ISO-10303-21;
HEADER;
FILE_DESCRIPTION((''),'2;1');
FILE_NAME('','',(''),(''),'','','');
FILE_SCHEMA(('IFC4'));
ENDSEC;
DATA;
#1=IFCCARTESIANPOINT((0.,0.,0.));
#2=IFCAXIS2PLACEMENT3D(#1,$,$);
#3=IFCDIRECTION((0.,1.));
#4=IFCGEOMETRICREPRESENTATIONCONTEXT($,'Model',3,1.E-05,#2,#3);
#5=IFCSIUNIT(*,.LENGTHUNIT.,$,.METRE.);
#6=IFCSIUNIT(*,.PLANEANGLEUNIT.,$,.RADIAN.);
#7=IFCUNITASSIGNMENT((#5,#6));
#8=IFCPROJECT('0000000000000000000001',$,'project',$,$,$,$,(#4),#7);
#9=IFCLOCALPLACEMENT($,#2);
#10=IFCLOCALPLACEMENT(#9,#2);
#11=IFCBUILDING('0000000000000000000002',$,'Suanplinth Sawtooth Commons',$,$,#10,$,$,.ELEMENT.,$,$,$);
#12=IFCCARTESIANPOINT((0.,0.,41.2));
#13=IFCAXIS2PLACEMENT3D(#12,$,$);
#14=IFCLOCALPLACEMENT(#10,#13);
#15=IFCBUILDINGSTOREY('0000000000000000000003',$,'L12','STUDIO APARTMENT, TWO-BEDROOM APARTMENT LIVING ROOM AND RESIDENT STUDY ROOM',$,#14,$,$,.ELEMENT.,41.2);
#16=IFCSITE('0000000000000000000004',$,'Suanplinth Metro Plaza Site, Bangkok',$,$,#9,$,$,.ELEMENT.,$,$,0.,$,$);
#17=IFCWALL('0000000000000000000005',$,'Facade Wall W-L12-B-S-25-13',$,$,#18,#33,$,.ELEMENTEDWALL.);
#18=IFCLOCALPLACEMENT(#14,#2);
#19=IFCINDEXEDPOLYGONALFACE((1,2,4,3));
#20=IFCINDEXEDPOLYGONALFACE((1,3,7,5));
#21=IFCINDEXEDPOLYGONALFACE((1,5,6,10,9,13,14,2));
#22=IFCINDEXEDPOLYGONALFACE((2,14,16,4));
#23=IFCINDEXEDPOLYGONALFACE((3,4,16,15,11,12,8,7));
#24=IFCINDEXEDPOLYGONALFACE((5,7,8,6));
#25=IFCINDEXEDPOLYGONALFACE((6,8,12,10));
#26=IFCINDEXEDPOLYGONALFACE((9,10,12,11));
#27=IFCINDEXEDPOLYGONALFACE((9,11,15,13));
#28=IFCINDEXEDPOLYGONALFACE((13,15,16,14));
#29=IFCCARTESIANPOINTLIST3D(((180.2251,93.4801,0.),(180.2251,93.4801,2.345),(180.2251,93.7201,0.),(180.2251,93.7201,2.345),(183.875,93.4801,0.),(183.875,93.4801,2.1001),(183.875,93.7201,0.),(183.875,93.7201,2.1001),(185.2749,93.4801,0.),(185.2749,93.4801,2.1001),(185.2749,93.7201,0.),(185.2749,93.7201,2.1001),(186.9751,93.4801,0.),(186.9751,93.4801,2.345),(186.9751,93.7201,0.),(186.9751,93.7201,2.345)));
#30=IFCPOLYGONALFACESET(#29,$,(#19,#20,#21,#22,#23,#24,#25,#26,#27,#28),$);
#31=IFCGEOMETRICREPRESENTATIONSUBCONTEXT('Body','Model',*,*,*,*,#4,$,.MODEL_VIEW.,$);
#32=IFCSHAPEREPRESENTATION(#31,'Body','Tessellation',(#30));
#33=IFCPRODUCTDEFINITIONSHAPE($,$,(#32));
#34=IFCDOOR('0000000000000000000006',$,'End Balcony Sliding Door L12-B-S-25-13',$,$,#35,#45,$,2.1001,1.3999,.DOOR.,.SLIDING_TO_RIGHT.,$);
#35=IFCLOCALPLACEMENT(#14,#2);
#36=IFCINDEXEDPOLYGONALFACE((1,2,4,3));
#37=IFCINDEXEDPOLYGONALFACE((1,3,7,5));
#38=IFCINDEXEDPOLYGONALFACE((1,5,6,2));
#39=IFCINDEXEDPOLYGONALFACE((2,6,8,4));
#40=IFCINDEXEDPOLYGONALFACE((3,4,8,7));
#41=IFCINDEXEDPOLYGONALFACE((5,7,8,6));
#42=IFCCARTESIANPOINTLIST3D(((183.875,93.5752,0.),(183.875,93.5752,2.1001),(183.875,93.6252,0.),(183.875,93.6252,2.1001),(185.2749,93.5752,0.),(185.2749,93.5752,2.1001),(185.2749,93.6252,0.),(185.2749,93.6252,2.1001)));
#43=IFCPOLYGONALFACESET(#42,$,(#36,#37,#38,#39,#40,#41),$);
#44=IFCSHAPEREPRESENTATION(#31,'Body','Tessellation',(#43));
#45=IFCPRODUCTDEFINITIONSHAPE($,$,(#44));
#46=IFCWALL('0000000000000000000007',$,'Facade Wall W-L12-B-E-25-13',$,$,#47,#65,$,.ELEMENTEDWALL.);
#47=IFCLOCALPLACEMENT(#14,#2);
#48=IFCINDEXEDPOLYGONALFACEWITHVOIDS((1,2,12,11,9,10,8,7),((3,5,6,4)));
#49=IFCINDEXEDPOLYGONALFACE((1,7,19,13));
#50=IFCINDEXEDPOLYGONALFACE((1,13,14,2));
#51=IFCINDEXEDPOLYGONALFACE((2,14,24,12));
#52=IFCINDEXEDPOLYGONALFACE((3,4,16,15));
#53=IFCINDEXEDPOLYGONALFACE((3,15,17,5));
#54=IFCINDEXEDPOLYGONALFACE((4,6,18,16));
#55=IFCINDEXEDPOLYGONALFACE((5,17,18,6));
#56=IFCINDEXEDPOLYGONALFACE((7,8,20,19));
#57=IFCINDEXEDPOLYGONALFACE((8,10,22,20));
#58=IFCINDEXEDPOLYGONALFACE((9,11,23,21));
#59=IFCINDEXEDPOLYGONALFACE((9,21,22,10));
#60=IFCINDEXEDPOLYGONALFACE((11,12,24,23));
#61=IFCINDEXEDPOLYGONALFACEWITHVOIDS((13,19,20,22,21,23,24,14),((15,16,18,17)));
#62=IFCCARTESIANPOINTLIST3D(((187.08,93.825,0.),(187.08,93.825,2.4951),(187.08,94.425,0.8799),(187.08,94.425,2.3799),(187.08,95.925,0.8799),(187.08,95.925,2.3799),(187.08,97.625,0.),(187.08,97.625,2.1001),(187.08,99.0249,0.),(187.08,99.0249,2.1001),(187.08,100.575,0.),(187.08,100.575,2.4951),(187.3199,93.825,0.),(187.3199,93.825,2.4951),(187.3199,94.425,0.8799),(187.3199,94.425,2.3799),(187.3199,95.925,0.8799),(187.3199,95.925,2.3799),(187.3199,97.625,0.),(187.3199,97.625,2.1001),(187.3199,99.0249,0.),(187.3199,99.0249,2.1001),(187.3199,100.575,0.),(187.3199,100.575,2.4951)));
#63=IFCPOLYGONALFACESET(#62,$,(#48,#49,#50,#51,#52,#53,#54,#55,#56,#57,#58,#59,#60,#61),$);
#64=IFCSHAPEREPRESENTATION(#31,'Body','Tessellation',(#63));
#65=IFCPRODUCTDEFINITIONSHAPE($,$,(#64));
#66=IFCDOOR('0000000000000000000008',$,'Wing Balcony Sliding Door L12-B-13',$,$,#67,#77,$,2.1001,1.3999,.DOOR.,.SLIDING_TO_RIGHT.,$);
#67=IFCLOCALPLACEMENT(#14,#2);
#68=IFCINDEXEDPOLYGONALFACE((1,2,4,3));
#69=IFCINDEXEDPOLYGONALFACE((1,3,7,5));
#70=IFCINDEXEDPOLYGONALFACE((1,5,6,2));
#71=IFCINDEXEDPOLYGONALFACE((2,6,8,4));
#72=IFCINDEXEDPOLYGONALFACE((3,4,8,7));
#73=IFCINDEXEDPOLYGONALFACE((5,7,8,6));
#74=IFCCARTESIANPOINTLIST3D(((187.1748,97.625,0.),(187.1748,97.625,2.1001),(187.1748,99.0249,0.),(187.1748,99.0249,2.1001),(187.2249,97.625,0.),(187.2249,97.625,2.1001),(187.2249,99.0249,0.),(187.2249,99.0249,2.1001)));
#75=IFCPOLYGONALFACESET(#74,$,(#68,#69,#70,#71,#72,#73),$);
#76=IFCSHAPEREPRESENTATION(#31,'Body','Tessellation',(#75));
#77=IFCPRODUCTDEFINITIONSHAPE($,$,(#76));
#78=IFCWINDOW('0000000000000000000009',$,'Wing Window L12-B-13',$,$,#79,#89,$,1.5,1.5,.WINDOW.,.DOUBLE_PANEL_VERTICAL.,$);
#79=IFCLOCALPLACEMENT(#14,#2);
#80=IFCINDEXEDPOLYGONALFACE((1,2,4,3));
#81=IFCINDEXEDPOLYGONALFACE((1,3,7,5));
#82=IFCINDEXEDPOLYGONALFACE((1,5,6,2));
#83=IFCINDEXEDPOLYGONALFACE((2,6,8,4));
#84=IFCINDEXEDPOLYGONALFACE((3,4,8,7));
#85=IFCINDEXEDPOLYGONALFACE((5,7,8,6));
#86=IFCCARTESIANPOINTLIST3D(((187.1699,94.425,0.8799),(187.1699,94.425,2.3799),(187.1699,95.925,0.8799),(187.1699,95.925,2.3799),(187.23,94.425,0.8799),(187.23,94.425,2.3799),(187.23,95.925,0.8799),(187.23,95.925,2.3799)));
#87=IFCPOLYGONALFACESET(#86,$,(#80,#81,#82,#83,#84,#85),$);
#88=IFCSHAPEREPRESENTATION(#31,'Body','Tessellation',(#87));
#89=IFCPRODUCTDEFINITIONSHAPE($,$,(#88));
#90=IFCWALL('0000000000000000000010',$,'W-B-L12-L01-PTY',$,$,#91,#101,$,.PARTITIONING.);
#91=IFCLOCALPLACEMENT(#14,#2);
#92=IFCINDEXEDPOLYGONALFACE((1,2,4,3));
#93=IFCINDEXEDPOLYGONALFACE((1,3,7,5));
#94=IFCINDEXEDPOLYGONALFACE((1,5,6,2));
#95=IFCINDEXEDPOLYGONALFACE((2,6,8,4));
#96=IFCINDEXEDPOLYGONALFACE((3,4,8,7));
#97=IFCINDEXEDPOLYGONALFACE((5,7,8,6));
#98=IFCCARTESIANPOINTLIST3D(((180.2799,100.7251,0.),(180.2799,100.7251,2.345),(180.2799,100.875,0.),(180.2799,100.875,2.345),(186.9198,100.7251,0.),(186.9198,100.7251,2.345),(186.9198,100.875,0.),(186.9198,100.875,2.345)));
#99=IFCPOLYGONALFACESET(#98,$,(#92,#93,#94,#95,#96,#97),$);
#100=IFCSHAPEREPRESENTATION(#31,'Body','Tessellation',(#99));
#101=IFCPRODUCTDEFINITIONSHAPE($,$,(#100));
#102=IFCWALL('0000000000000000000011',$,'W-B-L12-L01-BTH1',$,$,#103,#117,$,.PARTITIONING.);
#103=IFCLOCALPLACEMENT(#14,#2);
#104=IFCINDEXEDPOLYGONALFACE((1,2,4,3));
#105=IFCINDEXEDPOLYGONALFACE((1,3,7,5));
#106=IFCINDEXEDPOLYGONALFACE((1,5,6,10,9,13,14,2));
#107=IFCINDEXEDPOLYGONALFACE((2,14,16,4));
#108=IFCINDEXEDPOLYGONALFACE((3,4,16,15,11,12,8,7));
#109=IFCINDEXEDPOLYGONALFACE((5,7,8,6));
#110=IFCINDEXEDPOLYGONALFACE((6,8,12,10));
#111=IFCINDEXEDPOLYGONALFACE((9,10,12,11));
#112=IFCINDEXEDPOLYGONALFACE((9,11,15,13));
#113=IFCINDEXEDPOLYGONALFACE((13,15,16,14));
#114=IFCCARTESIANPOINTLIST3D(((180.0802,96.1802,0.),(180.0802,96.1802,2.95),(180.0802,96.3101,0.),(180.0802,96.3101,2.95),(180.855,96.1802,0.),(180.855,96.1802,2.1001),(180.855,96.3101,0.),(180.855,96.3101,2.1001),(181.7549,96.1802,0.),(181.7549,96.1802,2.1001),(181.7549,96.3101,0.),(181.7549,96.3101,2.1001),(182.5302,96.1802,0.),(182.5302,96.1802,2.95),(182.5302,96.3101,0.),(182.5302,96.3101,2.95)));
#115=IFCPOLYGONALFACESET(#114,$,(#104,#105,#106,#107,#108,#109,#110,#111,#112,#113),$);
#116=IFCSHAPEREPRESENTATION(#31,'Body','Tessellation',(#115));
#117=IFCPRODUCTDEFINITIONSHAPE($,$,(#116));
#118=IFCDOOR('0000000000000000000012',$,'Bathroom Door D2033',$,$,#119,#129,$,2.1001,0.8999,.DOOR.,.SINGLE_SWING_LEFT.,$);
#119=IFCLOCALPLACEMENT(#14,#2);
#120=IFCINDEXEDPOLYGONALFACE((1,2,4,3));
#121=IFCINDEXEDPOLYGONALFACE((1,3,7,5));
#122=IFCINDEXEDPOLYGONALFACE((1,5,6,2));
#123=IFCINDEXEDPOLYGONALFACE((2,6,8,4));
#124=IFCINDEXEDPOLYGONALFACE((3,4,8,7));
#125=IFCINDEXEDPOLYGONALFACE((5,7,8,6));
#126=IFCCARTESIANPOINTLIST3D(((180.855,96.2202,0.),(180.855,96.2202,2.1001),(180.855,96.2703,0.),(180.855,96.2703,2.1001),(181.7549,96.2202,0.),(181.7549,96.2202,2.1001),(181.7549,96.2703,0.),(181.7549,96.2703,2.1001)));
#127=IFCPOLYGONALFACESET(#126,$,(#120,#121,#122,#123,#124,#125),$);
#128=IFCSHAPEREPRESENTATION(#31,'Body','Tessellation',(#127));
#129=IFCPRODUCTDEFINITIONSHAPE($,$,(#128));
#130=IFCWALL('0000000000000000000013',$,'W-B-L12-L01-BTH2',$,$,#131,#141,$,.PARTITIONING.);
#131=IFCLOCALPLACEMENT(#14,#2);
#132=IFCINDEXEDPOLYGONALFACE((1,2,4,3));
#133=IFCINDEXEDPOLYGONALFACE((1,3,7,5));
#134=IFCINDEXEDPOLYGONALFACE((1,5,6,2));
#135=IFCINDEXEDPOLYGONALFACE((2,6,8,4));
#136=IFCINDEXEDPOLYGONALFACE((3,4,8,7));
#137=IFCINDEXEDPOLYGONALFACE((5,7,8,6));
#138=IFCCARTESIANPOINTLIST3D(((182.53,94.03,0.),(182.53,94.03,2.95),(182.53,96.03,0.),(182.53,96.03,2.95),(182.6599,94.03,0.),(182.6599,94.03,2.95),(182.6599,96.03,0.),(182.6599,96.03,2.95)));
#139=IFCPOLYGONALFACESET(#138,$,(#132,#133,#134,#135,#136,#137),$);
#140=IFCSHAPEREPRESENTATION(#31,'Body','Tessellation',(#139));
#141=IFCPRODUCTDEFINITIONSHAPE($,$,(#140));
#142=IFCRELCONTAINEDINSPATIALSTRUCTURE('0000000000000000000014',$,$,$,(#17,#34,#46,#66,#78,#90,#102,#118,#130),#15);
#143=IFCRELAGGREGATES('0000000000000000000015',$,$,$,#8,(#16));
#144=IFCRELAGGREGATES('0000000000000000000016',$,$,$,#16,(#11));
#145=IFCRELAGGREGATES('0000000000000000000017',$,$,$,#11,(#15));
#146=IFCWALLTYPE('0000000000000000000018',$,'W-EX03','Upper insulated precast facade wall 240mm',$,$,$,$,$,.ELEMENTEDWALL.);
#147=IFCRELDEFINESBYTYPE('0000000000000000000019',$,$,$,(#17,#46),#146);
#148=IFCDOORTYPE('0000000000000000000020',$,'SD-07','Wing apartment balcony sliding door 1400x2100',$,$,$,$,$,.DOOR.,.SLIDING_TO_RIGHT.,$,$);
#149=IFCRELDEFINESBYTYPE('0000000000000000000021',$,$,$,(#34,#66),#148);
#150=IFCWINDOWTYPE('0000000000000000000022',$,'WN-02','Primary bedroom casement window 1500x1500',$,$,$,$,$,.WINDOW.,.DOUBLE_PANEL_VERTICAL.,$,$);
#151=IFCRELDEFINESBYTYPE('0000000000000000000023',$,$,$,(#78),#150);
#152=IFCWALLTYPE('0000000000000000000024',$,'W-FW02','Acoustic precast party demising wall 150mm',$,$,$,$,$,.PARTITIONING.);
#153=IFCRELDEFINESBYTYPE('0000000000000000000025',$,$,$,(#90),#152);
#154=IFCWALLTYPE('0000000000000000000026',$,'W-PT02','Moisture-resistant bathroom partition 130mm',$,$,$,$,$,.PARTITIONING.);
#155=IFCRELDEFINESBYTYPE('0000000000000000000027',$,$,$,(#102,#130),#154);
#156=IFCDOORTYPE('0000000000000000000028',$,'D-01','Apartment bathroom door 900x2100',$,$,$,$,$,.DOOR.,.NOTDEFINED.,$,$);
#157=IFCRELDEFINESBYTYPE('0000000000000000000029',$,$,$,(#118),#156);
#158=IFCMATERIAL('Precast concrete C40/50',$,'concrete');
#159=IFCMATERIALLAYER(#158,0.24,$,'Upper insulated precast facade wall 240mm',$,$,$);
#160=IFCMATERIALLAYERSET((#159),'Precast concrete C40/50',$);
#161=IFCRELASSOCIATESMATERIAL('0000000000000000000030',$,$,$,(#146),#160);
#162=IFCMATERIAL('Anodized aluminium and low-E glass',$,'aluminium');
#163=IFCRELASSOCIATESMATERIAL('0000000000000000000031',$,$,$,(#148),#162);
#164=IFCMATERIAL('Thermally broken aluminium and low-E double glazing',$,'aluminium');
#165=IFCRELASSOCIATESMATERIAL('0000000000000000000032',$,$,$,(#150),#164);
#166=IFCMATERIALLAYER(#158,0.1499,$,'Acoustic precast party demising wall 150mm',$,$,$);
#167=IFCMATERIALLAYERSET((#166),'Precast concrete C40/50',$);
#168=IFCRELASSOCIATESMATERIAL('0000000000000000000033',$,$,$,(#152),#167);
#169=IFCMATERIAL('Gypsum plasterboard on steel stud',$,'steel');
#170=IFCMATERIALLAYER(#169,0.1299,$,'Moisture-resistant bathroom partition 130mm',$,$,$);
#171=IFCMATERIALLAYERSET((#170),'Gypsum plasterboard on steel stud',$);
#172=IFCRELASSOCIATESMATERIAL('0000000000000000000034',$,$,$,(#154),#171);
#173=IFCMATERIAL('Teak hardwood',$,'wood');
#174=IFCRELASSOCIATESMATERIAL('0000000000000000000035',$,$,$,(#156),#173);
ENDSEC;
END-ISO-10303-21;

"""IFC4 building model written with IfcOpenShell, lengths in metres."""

from ifc_helpers import new_model, si_unit, direction, frame, frame_2d, origin, place, context, subcontext, project, spatial, rectangle, extrude, material, layer, layer_set, type_object, element, fill, save


model = new_model("IFC4")

# Units and contexts
model_context = context("Model", 3, precision=1e-05, world=origin(), true_north=direction((0.0, 1.0)))
body_context = subcontext(model_context, "Body", "Model", "MODEL_VIEW")
ifc_project = project(units=[si_unit("LENGTHUNIT", "METRE"), si_unit("PLANEANGLEUNIT", "RADIAN")], contexts=[model_context])

# Site, building, storey
site_placement = place(None, origin())
site = spatial("IfcSite", under=ifc_project, at=site_placement, Name="Suanplinth Metro Plaza Site, Bangkok", CompositionType="ELEMENT", RefElevation=0.0)
building_placement = place(site_placement, origin())
building = spatial("IfcBuilding", under=site, at=building_placement, Name="Suanplinth Sawtooth Commons", CompositionType="ELEMENT")
storey_placement = place(building_placement, frame((0.0, 0.0, 41.2)))
storey = spatial("IfcBuildingStorey", under=building, at=storey_placement, Name="L12", Description="STUDIO APARTMENT, TWO-BEDROOM APARTMENT LIVING ROOM AND RESIDENT STUDY ROOM", CompositionType="ELEMENT", Elevation=41.2)

# Shared definitions
ifc_material_1 = material(Name="Precast concrete C40/50", Category="concrete")

# Wall, opening, door
ifc_layer_1 = layer(ifc_material_1, 0.24, Name="Upper insulated precast facade wall 240mm")
ifc_layer_set_1 = layer_set([ifc_layer_1], Name="Precast concrete C40/50")
wall_type_1 = type_object("IfcWallType", Name="W-EX03", Description="Upper insulated precast facade wall 240mm", PredefinedType="ELEMENTEDWALL", material=ifc_layer_set_1)
wall_1_placement = place(storey_placement, frame((180.2251, 93.6001, 0.0), z_axis=(0.0, 0.0, 1.0), x_axis=(1.0, 0.0, 0.0)))
wall_1 = element("IfcWall", 1, at=wall_1_placement, inside=storey, type_object=wall_type_1, Name="Facade Wall W-L12-B-S-25-13", PredefinedType="ELEMENTEDWALL", context=body_context, shape_type="SweptSolid", body=[
    extrude(rectangle(XDim=6.75, YDim=0.24, at=frame_2d((3.375, 0.0))), origin(), (0.0, 0.0, 1.0), 2.345),
])
opening_1_placement = place(wall_1_placement, frame((3.6499, 0.0, 0.0)))
opening_1 = element("IfcOpeningElement", 2, at=opening_1_placement, cuts=wall_1, PredefinedType="OPENING", context=body_context, shape_type="SweptSolid", body=[
    extrude(rectangle(XDim=1.3999, YDim=2.1001, at=frame_2d((0.7, 1.05))), frame((0.0, 0.1348, 0.0), z_axis=(0.0, -1.0, 0.0), x_axis=(1.0, 0.0, 0.0)), (0.0, 0.0, 1.0), 0.2698),
])
ifc_material_2 = material(Name="Anodized aluminium and low-E glass", Category="aluminium")
door_type_1 = type_object("IfcDoorType", Name="SD-07", Description="Wing apartment balcony sliding door 1400x2100", OperationType="SLIDING_TO_RIGHT", PredefinedType="DOOR", material=ifc_material_2)
door_1_placement = place(opening_1_placement, frame((1.3999, 0.0, 0.0), z_axis=(0.0, 0.0, 1.0), x_axis=(-1.0, 0.0, 0.0)))
door_1 = element("IfcDoor", 3, at=door_1_placement, inside=storey, type_object=door_type_1, Name="End Balcony Sliding Door L12-B-S-25-13", OperationType="SLIDING_TO_RIGHT", OverallHeight=2.1001, OverallWidth=1.3999, PredefinedType="DOOR", context=body_context, shape_type="SweptSolid", body=[
    extrude(rectangle(XDim=1.3999, YDim=2.1001, at=frame_2d((0.7, 1.05))), frame((0.0, 0.0249, 0.0), z_axis=(0.0, -1.0, 0.0), x_axis=(1.0, 0.0, 0.0)), (0.0, 0.0, 1.0), 0.05),
])
fill(opening_1, door_1)

# Wall, openings, door, window
wall_2_placement = place(storey_placement, frame((187.2, 93.825, 0.0), z_axis=(0.0, 0.0, 1.0), x_axis=(0.0, 1.0, 0.0)))
wall_2 = element("IfcWall", 4, at=wall_2_placement, inside=storey, type_object=wall_type_1, Name="Facade Wall W-L12-B-E-25-13", PredefinedType="ELEMENTEDWALL", context=body_context, shape_type="SweptSolid", body=[
    extrude(rectangle(XDim=6.75, YDim=0.24, at=frame_2d((3.375, 0.0))), origin(), (0.0, 0.0, 1.0), 2.4951),
])
opening_2_placement = place(wall_2_placement, frame((3.8, 0.0, 0.0)))
opening_2 = element("IfcOpeningElement", 5, at=opening_2_placement, cuts=wall_2, PredefinedType="OPENING", context=body_context, shape_type="SweptSolid", body=[
    extrude(rectangle(XDim=1.3999, YDim=2.1001, at=frame_2d((0.7, 1.05))), frame((0.0, 0.1348, 0.0), z_axis=(0.0, -1.0, 0.0), x_axis=(1.0, 0.0, 0.0)), (0.0, 0.0, 1.0), 0.2698),
])
opening_3_placement = place(wall_2_placement, frame((0.6001, 0.0, 0.8799)))
opening_3 = element("IfcOpeningElement", 6, at=opening_3_placement, cuts=wall_2, PredefinedType="OPENING", context=body_context, shape_type="SweptSolid", body=[
    extrude(rectangle(XDim=1.5, YDim=1.5, at=frame_2d((0.75, 0.75))), frame((0.0, 0.1348, 0.0), z_axis=(0.0, -1.0, 0.0), x_axis=(1.0, 0.0, 0.0)), (0.0, 0.0, 1.0), 0.2698),
])
door_2_placement = place(opening_2_placement, frame((1.3999, 0.0, 0.0), z_axis=(0.0, 0.0, 1.0), x_axis=(-1.0, 0.0, 0.0)))
door_2 = element("IfcDoor", 7, at=door_2_placement, inside=storey, type_object=door_type_1, Name="Wing Balcony Sliding Door L12-B-13", OperationType="SLIDING_TO_RIGHT", OverallHeight=2.1001, OverallWidth=1.3999, PredefinedType="DOOR", context=body_context, shape_type="SweptSolid", body=[
    extrude(rectangle(XDim=1.3999, YDim=2.1001, at=frame_2d((0.7, 1.05))), frame((0.0, 0.0249, 0.0), z_axis=(0.0, -1.0, 0.0), x_axis=(1.0, 0.0, 0.0)), (0.0, 0.0, 1.0), 0.05),
])
fill(opening_2, door_2)
ifc_material_3 = material(Name="Thermally broken aluminium and low-E double glazing", Category="aluminium")
window_type = type_object("IfcWindowType", Name="WN-02", Description="Primary bedroom casement window 1500x1500", PartitioningType="DOUBLE_PANEL_VERTICAL", PredefinedType="WINDOW", material=ifc_material_3)
window_placement = place(opening_3_placement, origin())
window = element("IfcWindow", 8, at=window_placement, inside=storey, type_object=window_type, Name="Wing Window L12-B-13", OverallHeight=1.5, OverallWidth=1.5, PartitioningType="DOUBLE_PANEL_VERTICAL", PredefinedType="WINDOW", context=body_context, shape_type="SweptSolid", body=[
    extrude(rectangle(XDim=1.5, YDim=1.5, at=frame_2d((0.75, 0.75))), frame((0.0, 0.03, 0.0), z_axis=(0.0, -1.0, 0.0), x_axis=(1.0, 0.0, 0.0)), (0.0, 0.0, 1.0), 0.0601),
])
fill(opening_3, window)

# Wall
ifc_layer_2 = layer(ifc_material_1, 0.1499, Name="Acoustic precast party demising wall 150mm")
ifc_layer_set_2 = layer_set([ifc_layer_2], Name="Precast concrete C40/50")
wall_type_2 = type_object("IfcWallType", Name="W-FW02", Description="Acoustic precast party demising wall 150mm", PredefinedType="PARTITIONING", material=ifc_layer_set_2)
wall_3_placement = place(storey_placement, frame((180.28, 100.8, 0.0), z_axis=(0.0, 0.0, 1.0), x_axis=(1.0, 0.0, 0.0)))
element("IfcWall", 9, at=wall_3_placement, inside=storey, type_object=wall_type_2, Name="W-B-L12-L01-PTY", PredefinedType="PARTITIONING", context=body_context, shape_type="SweptSolid", body=[
    extrude(rectangle(XDim=6.6399, YDim=0.1499, at=frame_2d((3.3198, 0.0))), origin(), (0.0, 0.0, 1.0), 2.345),
])

# Wall, opening, door
ifc_material_4 = material(Name="Gypsum plasterboard on steel stud", Category="steel")
ifc_layer_3 = layer(ifc_material_4, 0.1299, Name="Moisture-resistant bathroom partition 130mm")
ifc_layer_set_3 = layer_set([ifc_layer_3], Name="Gypsum plasterboard on steel stud")
wall_type_3 = type_object("IfcWallType", Name="W-PT02", Description="Moisture-resistant bathroom partition 130mm", PredefinedType="PARTITIONING", material=ifc_layer_set_3)
wall_4_placement = place(storey_placement, frame((180.0801, 96.2451, 0.0), z_axis=(0.0, 0.0, 1.0), x_axis=(1.0, 0.0, 0.0)))
wall_4 = element("IfcWall", 10, at=wall_4_placement, inside=storey, type_object=wall_type_3, Name="W-B-L12-L01-BTH1", PredefinedType="PARTITIONING", context=body_context, shape_type="SweptSolid", body=[
    extrude(rectangle(XDim=2.45, YDim=0.1299, at=frame_2d((1.2251, 0.0))), origin(), (0.0, 0.0, 1.0), 2.95),
])
opening_4_placement = place(wall_4_placement, frame((0.7749, 0.0, 0.0)))
opening_4 = element("IfcOpeningElement", 11, at=opening_4_placement, cuts=wall_4, PredefinedType="OPENING", context=body_context, shape_type="SweptSolid", body=[
    extrude(rectangle(XDim=0.8999, YDim=2.1001, at=frame_2d((0.45, 1.05))), frame((0.0, 0.0798, 0.0), z_axis=(0.0, -1.0, 0.0), x_axis=(1.0, 0.0, 0.0)), (0.0, 0.0, 1.0), 0.1597),
])
ifc_material_5 = material(Name="Teak hardwood", Category="wood")
door_type_2 = type_object("IfcDoorType", Name="D-01", Description="Apartment bathroom door 900x2100", OperationType="NOTDEFINED", PredefinedType="DOOR", material=ifc_material_5)
door_3_placement = place(opening_4_placement, frame((0.8999, 0.0, 0.0), z_axis=(0.0, 0.0, 1.0), x_axis=(-1.0, 0.0, 0.0)))
door_3 = element("IfcDoor", 12, at=door_3_placement, inside=storey, type_object=door_type_2, Name="Bathroom Door D2033", OperationType="SINGLE_SWING_LEFT", OverallHeight=2.1001, OverallWidth=0.8999, PredefinedType="DOOR", context=body_context, shape_type="SweptSolid", body=[
    extrude(rectangle(XDim=0.8999, YDim=2.1001, at=frame_2d((0.45, 1.05))), frame((0.0, 0.0249, 0.0), z_axis=(0.0, -1.0, 0.0), x_axis=(1.0, 0.0, 0.0)), (0.0, 0.0, 1.0), 0.05),
])
fill(opening_4, door_3)

# Wall
wall_5_placement = place(storey_placement, frame((182.595, 94.03, 0.0), z_axis=(0.0, 0.0, 1.0), x_axis=(0.0, 1.0, 0.0)))
element("IfcWall", 13, at=wall_5_placement, inside=storey, type_object=wall_type_3, Name="W-B-L12-L01-BTH2", PredefinedType="PARTITIONING", context=body_context, shape_type="SweptSolid", body=[
    extrude(rectangle(XDim=2.0, YDim=0.1299, at=frame_2d((1.0, 0.0))), origin(), (0.0, 0.0, 1.0), 2.95),
])

save(model, "model.ifc")
